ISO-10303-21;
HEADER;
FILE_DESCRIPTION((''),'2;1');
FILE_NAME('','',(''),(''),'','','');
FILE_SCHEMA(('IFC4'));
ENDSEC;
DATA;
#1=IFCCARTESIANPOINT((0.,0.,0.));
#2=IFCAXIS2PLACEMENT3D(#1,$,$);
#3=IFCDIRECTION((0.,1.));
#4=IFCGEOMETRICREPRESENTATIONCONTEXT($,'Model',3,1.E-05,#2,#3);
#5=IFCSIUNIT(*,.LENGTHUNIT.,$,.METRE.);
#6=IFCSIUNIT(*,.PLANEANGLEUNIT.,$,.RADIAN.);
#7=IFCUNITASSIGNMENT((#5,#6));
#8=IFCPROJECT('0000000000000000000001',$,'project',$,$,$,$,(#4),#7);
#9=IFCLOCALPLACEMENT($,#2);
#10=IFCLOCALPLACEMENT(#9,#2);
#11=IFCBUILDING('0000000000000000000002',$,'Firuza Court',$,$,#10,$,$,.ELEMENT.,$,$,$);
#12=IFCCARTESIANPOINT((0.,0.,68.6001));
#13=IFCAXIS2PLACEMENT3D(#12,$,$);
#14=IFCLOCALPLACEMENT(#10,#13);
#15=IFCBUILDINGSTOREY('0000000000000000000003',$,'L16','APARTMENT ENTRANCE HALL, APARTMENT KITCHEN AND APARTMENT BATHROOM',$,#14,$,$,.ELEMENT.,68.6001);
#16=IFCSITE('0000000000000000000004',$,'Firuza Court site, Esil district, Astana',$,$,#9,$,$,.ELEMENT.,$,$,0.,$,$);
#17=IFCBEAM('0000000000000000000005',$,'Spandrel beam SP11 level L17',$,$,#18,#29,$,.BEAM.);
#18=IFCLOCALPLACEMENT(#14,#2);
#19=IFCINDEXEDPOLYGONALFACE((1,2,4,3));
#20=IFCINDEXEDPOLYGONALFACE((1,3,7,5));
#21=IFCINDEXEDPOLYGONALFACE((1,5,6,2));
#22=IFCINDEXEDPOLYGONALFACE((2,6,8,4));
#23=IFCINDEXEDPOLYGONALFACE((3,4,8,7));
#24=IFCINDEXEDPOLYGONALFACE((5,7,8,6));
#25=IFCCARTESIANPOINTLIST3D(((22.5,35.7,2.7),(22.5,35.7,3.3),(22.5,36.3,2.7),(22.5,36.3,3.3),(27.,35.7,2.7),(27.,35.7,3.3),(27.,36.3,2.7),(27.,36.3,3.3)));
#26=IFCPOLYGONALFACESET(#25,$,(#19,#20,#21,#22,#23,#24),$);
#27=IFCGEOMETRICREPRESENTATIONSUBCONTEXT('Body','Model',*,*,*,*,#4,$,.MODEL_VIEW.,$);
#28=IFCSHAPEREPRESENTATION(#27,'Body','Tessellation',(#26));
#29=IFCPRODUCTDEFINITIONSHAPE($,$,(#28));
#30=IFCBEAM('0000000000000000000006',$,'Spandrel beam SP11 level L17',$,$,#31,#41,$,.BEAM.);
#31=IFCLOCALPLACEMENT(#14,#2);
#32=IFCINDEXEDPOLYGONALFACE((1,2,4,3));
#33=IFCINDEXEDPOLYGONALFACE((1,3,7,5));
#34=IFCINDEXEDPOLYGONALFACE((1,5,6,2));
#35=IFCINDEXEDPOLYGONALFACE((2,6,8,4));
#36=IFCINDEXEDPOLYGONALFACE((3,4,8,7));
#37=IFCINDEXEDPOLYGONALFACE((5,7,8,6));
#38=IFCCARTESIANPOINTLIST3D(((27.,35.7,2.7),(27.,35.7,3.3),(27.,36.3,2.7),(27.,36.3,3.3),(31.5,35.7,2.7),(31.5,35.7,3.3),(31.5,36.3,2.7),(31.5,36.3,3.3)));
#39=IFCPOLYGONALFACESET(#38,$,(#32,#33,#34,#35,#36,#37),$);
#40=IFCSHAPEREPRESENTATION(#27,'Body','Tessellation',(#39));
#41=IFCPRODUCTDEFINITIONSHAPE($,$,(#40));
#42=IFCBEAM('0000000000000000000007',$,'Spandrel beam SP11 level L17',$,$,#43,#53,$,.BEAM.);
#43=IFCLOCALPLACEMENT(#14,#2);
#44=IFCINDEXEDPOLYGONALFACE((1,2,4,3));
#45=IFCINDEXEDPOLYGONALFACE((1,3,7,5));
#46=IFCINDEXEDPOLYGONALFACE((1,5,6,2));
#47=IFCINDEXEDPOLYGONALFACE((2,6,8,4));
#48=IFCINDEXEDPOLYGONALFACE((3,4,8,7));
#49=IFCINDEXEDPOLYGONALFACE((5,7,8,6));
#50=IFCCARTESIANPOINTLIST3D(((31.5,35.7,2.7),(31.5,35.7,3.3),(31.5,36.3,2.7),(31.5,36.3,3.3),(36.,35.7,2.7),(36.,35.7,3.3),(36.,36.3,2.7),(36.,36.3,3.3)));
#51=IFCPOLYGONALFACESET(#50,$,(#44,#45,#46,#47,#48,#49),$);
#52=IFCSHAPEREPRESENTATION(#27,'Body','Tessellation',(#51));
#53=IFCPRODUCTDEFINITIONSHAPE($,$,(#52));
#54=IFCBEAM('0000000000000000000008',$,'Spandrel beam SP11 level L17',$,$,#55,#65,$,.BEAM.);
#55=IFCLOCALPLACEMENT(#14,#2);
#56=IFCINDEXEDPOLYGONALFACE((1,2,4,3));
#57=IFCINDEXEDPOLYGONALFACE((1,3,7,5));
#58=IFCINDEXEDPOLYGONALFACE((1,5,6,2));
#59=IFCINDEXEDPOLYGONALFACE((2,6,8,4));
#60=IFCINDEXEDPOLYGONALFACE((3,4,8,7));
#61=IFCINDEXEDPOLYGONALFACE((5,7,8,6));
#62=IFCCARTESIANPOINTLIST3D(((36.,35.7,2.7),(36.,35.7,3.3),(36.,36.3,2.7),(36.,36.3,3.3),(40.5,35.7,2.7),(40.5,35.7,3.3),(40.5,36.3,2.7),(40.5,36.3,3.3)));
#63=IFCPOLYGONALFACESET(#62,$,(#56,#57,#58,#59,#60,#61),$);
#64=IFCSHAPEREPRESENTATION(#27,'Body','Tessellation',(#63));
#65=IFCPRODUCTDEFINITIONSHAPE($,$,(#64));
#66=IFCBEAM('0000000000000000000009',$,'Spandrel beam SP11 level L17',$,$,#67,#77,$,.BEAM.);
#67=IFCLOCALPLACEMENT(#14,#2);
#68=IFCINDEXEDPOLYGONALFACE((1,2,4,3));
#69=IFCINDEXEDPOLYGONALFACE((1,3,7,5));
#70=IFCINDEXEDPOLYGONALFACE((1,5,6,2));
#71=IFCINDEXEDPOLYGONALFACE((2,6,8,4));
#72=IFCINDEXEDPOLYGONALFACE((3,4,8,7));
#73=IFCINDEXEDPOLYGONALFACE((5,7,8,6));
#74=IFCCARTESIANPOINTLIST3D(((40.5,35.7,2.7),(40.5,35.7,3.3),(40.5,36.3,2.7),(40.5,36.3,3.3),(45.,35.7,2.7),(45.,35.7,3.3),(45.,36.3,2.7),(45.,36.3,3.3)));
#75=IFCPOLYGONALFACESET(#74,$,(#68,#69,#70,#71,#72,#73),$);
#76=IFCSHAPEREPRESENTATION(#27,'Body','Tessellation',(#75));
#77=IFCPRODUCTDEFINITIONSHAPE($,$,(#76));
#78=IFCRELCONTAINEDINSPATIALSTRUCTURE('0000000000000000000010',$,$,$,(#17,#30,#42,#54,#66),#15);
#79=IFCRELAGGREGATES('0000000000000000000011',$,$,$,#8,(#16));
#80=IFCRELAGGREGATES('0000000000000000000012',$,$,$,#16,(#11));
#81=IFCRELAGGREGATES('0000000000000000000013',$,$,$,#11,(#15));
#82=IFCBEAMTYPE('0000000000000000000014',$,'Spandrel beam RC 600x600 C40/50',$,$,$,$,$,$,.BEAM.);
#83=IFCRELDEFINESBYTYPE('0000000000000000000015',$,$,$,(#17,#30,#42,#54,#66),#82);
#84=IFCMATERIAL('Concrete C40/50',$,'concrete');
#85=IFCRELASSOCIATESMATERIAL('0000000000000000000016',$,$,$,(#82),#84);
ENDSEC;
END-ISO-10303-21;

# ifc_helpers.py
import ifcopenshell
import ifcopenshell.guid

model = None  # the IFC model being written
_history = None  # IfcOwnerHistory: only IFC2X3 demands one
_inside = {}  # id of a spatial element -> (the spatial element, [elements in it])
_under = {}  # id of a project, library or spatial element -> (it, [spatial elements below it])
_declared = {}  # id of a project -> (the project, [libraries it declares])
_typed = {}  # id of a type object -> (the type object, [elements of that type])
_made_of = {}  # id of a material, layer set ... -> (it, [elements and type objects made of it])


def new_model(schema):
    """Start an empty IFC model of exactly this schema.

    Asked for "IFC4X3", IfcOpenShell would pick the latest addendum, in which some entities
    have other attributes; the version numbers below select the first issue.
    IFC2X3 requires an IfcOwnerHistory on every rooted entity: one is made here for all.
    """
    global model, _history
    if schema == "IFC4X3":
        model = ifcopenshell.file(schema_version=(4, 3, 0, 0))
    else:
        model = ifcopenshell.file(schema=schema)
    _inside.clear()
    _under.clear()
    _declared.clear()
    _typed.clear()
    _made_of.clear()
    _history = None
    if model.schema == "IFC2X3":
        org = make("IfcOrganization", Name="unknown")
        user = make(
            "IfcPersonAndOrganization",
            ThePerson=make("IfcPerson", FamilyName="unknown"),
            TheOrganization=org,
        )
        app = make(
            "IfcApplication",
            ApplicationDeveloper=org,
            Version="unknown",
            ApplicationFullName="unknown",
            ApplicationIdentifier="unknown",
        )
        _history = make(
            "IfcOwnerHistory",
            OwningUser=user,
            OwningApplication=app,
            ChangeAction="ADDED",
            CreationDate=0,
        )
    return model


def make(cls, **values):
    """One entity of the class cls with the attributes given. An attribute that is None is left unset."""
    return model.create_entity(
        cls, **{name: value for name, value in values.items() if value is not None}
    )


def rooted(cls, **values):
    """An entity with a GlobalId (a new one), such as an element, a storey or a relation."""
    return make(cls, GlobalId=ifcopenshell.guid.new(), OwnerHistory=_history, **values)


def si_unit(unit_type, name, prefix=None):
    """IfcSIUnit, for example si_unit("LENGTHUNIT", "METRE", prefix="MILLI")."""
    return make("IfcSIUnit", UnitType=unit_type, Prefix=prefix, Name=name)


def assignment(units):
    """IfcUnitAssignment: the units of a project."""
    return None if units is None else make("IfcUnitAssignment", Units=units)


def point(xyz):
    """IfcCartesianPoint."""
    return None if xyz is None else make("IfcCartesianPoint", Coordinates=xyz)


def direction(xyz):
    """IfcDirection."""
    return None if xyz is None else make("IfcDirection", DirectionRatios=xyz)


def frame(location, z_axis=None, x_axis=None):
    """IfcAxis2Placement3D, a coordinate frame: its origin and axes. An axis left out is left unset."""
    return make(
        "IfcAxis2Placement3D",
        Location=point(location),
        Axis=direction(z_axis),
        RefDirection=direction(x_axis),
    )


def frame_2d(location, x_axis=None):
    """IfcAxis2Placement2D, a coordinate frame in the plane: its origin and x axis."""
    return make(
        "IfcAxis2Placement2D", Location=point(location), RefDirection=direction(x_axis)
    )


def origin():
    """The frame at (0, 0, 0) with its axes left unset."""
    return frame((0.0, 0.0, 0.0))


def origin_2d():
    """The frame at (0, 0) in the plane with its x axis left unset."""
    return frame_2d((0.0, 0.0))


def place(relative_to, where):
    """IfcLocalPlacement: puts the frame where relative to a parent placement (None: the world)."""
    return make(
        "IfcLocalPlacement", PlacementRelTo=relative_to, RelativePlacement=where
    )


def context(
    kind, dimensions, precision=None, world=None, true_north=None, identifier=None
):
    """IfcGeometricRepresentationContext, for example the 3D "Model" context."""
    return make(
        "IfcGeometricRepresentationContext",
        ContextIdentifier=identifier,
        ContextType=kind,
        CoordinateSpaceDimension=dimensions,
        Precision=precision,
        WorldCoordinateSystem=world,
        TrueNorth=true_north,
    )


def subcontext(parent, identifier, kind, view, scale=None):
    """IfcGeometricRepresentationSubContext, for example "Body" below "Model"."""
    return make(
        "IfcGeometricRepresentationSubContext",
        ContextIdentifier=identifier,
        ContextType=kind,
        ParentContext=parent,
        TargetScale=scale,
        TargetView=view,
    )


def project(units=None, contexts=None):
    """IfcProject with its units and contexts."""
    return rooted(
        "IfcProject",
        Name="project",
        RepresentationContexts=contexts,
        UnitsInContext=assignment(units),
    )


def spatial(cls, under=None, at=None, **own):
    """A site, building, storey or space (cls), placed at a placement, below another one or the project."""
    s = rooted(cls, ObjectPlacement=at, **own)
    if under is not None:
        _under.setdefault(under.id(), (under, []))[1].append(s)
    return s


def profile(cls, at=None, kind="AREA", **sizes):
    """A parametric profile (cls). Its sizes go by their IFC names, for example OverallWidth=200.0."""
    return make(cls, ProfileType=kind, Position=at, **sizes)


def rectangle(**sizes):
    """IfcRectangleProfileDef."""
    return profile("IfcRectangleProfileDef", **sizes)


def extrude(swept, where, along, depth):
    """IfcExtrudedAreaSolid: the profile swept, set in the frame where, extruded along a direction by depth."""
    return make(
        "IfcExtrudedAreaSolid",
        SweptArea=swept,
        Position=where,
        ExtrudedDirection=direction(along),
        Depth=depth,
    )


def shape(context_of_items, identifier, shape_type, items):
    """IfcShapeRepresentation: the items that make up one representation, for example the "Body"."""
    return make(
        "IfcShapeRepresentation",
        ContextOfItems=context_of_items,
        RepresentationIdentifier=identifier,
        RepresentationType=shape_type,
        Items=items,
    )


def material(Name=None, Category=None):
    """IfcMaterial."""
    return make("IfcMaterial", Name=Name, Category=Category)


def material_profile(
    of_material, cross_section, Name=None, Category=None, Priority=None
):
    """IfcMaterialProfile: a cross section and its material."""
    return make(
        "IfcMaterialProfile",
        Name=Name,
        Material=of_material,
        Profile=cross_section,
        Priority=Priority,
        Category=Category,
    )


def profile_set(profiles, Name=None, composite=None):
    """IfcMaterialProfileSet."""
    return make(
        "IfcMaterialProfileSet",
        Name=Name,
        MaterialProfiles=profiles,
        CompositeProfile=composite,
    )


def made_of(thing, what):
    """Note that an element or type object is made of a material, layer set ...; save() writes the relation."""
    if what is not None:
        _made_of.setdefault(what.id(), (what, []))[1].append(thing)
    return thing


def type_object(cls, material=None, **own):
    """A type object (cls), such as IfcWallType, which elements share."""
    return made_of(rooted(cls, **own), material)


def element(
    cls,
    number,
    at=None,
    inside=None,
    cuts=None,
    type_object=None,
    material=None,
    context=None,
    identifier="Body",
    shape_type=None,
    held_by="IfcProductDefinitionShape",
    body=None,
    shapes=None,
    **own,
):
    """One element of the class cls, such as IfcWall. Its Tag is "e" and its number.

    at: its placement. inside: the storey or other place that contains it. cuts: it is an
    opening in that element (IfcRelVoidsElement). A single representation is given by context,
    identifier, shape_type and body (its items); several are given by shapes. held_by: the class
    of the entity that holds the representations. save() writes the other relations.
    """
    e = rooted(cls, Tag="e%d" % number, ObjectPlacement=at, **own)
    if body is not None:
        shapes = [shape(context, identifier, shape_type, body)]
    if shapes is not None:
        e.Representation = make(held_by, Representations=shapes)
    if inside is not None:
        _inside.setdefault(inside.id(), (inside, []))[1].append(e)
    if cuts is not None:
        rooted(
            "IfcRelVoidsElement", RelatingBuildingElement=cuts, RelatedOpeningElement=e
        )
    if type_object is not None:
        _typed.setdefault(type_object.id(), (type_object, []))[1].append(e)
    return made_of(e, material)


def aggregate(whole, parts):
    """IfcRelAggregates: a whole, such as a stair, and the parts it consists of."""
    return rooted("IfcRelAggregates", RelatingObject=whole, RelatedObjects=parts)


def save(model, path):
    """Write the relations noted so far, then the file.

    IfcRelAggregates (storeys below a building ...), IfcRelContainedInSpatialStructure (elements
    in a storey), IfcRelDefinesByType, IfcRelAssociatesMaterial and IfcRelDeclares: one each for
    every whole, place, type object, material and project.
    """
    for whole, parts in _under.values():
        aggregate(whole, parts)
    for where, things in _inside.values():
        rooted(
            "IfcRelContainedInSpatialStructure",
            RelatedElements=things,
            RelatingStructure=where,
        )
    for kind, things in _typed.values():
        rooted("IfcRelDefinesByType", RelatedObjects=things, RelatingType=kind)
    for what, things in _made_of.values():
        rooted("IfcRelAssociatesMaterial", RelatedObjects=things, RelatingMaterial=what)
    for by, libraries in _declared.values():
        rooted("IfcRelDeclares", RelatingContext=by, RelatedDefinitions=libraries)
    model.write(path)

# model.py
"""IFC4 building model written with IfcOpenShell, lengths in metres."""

from ifc_helpers import new_model, si_unit, direction, frame, origin, origin_2d, place, context, subcontext, project, spatial, rectangle, extrude, material, material_profile, profile_set, type_object, element, save


model = new_model("IFC4")

# Units and contexts
model_context = context("Model", 3, precision=1e-05, world=origin(), true_north=direction((0.0, 1.0)))
body_context = subcontext(model_context, "Body", "Model", "MODEL_VIEW")
ifc_project = project(units=[si_unit("LENGTHUNIT", "METRE"), si_unit("PLANEANGLEUNIT", "RADIAN")], contexts=[model_context])

# Site, building, storey
site_placement = place(None, origin())
site = spatial("IfcSite", under=ifc_project, at=site_placement, Name="Firuza Court site, Esil district, Astana", CompositionType="ELEMENT", RefElevation=0.0)
building_placement = place(site_placement, origin())
building = spatial("IfcBuilding", under=site, at=building_placement, Name="Firuza Court", CompositionType="ELEMENT")
storey_placement = place(building_placement, frame((0.0, 0.0, 68.6001)))
storey = spatial("IfcBuildingStorey", under=building, at=storey_placement, Name="L16", Description="APARTMENT ENTRANCE HALL, APARTMENT KITCHEN AND APARTMENT BATHROOM", CompositionType="ELEMENT", Elevation=68.6001)

# Beams
ifc_material_1 = material(Name="Concrete C40/50", Category="concrete")
ifc_material_profile_1 = material_profile(ifc_material_1, rectangle(XDim=0.6001, YDim=0.6001, at=origin_2d()), Name="RC 600x600")
ifc_profile_set_1 = profile_set([ifc_material_profile_1], Name="Concrete C40/50")
beam_type_1 = type_object("IfcBeamType", Name="Spandrel beam RC 600x600 C40/50", PredefinedType="BEAM", material=ifc_profile_set_1)
for number, where, z_axis, x_axis, name in (
    (1, (22.5, 36.0, 3.0), (1.0, 0.0, 0.0), (0.0, 1.0, 0.0), "Spandrel beam SP11 level L17"),
    (2, (27.0, 36.0, 3.0), (1.0, 0.0, 0.0), (0.0, 1.0, 0.0), "Spandrel beam SP11 level L17"),
    (3, (31.5, 36.0, 3.0), (1.0, 0.0, 0.0), (0.0, 1.0, 0.0), "Spandrel beam SP11 level L17"),
    (4, (36.0, 36.0, 3.0), (1.0, 0.0, 0.0), (0.0, 1.0, 0.0), "Spandrel beam SP11 level L17"),
    (5, (40.5, 36.0, 3.0), (1.0, 0.0, 0.0), (0.0, 1.0, 0.0), "Spandrel beam SP11 level L17"),
):
    element("IfcBeam", number, at=place(storey_placement, frame(where, z_axis=z_axis, x_axis=x_axis)), inside=storey, type_object=beam_type_1, Name=name, PredefinedType="BEAM", context=body_context, shape_type="SweptSolid", body=[
        extrude(rectangle(XDim=0.6001, YDim=0.6001, at=origin_2d()), origin(), (0.0, 0.0, 1.0), 4.5),
    ])

save(model, "model.ifc")
